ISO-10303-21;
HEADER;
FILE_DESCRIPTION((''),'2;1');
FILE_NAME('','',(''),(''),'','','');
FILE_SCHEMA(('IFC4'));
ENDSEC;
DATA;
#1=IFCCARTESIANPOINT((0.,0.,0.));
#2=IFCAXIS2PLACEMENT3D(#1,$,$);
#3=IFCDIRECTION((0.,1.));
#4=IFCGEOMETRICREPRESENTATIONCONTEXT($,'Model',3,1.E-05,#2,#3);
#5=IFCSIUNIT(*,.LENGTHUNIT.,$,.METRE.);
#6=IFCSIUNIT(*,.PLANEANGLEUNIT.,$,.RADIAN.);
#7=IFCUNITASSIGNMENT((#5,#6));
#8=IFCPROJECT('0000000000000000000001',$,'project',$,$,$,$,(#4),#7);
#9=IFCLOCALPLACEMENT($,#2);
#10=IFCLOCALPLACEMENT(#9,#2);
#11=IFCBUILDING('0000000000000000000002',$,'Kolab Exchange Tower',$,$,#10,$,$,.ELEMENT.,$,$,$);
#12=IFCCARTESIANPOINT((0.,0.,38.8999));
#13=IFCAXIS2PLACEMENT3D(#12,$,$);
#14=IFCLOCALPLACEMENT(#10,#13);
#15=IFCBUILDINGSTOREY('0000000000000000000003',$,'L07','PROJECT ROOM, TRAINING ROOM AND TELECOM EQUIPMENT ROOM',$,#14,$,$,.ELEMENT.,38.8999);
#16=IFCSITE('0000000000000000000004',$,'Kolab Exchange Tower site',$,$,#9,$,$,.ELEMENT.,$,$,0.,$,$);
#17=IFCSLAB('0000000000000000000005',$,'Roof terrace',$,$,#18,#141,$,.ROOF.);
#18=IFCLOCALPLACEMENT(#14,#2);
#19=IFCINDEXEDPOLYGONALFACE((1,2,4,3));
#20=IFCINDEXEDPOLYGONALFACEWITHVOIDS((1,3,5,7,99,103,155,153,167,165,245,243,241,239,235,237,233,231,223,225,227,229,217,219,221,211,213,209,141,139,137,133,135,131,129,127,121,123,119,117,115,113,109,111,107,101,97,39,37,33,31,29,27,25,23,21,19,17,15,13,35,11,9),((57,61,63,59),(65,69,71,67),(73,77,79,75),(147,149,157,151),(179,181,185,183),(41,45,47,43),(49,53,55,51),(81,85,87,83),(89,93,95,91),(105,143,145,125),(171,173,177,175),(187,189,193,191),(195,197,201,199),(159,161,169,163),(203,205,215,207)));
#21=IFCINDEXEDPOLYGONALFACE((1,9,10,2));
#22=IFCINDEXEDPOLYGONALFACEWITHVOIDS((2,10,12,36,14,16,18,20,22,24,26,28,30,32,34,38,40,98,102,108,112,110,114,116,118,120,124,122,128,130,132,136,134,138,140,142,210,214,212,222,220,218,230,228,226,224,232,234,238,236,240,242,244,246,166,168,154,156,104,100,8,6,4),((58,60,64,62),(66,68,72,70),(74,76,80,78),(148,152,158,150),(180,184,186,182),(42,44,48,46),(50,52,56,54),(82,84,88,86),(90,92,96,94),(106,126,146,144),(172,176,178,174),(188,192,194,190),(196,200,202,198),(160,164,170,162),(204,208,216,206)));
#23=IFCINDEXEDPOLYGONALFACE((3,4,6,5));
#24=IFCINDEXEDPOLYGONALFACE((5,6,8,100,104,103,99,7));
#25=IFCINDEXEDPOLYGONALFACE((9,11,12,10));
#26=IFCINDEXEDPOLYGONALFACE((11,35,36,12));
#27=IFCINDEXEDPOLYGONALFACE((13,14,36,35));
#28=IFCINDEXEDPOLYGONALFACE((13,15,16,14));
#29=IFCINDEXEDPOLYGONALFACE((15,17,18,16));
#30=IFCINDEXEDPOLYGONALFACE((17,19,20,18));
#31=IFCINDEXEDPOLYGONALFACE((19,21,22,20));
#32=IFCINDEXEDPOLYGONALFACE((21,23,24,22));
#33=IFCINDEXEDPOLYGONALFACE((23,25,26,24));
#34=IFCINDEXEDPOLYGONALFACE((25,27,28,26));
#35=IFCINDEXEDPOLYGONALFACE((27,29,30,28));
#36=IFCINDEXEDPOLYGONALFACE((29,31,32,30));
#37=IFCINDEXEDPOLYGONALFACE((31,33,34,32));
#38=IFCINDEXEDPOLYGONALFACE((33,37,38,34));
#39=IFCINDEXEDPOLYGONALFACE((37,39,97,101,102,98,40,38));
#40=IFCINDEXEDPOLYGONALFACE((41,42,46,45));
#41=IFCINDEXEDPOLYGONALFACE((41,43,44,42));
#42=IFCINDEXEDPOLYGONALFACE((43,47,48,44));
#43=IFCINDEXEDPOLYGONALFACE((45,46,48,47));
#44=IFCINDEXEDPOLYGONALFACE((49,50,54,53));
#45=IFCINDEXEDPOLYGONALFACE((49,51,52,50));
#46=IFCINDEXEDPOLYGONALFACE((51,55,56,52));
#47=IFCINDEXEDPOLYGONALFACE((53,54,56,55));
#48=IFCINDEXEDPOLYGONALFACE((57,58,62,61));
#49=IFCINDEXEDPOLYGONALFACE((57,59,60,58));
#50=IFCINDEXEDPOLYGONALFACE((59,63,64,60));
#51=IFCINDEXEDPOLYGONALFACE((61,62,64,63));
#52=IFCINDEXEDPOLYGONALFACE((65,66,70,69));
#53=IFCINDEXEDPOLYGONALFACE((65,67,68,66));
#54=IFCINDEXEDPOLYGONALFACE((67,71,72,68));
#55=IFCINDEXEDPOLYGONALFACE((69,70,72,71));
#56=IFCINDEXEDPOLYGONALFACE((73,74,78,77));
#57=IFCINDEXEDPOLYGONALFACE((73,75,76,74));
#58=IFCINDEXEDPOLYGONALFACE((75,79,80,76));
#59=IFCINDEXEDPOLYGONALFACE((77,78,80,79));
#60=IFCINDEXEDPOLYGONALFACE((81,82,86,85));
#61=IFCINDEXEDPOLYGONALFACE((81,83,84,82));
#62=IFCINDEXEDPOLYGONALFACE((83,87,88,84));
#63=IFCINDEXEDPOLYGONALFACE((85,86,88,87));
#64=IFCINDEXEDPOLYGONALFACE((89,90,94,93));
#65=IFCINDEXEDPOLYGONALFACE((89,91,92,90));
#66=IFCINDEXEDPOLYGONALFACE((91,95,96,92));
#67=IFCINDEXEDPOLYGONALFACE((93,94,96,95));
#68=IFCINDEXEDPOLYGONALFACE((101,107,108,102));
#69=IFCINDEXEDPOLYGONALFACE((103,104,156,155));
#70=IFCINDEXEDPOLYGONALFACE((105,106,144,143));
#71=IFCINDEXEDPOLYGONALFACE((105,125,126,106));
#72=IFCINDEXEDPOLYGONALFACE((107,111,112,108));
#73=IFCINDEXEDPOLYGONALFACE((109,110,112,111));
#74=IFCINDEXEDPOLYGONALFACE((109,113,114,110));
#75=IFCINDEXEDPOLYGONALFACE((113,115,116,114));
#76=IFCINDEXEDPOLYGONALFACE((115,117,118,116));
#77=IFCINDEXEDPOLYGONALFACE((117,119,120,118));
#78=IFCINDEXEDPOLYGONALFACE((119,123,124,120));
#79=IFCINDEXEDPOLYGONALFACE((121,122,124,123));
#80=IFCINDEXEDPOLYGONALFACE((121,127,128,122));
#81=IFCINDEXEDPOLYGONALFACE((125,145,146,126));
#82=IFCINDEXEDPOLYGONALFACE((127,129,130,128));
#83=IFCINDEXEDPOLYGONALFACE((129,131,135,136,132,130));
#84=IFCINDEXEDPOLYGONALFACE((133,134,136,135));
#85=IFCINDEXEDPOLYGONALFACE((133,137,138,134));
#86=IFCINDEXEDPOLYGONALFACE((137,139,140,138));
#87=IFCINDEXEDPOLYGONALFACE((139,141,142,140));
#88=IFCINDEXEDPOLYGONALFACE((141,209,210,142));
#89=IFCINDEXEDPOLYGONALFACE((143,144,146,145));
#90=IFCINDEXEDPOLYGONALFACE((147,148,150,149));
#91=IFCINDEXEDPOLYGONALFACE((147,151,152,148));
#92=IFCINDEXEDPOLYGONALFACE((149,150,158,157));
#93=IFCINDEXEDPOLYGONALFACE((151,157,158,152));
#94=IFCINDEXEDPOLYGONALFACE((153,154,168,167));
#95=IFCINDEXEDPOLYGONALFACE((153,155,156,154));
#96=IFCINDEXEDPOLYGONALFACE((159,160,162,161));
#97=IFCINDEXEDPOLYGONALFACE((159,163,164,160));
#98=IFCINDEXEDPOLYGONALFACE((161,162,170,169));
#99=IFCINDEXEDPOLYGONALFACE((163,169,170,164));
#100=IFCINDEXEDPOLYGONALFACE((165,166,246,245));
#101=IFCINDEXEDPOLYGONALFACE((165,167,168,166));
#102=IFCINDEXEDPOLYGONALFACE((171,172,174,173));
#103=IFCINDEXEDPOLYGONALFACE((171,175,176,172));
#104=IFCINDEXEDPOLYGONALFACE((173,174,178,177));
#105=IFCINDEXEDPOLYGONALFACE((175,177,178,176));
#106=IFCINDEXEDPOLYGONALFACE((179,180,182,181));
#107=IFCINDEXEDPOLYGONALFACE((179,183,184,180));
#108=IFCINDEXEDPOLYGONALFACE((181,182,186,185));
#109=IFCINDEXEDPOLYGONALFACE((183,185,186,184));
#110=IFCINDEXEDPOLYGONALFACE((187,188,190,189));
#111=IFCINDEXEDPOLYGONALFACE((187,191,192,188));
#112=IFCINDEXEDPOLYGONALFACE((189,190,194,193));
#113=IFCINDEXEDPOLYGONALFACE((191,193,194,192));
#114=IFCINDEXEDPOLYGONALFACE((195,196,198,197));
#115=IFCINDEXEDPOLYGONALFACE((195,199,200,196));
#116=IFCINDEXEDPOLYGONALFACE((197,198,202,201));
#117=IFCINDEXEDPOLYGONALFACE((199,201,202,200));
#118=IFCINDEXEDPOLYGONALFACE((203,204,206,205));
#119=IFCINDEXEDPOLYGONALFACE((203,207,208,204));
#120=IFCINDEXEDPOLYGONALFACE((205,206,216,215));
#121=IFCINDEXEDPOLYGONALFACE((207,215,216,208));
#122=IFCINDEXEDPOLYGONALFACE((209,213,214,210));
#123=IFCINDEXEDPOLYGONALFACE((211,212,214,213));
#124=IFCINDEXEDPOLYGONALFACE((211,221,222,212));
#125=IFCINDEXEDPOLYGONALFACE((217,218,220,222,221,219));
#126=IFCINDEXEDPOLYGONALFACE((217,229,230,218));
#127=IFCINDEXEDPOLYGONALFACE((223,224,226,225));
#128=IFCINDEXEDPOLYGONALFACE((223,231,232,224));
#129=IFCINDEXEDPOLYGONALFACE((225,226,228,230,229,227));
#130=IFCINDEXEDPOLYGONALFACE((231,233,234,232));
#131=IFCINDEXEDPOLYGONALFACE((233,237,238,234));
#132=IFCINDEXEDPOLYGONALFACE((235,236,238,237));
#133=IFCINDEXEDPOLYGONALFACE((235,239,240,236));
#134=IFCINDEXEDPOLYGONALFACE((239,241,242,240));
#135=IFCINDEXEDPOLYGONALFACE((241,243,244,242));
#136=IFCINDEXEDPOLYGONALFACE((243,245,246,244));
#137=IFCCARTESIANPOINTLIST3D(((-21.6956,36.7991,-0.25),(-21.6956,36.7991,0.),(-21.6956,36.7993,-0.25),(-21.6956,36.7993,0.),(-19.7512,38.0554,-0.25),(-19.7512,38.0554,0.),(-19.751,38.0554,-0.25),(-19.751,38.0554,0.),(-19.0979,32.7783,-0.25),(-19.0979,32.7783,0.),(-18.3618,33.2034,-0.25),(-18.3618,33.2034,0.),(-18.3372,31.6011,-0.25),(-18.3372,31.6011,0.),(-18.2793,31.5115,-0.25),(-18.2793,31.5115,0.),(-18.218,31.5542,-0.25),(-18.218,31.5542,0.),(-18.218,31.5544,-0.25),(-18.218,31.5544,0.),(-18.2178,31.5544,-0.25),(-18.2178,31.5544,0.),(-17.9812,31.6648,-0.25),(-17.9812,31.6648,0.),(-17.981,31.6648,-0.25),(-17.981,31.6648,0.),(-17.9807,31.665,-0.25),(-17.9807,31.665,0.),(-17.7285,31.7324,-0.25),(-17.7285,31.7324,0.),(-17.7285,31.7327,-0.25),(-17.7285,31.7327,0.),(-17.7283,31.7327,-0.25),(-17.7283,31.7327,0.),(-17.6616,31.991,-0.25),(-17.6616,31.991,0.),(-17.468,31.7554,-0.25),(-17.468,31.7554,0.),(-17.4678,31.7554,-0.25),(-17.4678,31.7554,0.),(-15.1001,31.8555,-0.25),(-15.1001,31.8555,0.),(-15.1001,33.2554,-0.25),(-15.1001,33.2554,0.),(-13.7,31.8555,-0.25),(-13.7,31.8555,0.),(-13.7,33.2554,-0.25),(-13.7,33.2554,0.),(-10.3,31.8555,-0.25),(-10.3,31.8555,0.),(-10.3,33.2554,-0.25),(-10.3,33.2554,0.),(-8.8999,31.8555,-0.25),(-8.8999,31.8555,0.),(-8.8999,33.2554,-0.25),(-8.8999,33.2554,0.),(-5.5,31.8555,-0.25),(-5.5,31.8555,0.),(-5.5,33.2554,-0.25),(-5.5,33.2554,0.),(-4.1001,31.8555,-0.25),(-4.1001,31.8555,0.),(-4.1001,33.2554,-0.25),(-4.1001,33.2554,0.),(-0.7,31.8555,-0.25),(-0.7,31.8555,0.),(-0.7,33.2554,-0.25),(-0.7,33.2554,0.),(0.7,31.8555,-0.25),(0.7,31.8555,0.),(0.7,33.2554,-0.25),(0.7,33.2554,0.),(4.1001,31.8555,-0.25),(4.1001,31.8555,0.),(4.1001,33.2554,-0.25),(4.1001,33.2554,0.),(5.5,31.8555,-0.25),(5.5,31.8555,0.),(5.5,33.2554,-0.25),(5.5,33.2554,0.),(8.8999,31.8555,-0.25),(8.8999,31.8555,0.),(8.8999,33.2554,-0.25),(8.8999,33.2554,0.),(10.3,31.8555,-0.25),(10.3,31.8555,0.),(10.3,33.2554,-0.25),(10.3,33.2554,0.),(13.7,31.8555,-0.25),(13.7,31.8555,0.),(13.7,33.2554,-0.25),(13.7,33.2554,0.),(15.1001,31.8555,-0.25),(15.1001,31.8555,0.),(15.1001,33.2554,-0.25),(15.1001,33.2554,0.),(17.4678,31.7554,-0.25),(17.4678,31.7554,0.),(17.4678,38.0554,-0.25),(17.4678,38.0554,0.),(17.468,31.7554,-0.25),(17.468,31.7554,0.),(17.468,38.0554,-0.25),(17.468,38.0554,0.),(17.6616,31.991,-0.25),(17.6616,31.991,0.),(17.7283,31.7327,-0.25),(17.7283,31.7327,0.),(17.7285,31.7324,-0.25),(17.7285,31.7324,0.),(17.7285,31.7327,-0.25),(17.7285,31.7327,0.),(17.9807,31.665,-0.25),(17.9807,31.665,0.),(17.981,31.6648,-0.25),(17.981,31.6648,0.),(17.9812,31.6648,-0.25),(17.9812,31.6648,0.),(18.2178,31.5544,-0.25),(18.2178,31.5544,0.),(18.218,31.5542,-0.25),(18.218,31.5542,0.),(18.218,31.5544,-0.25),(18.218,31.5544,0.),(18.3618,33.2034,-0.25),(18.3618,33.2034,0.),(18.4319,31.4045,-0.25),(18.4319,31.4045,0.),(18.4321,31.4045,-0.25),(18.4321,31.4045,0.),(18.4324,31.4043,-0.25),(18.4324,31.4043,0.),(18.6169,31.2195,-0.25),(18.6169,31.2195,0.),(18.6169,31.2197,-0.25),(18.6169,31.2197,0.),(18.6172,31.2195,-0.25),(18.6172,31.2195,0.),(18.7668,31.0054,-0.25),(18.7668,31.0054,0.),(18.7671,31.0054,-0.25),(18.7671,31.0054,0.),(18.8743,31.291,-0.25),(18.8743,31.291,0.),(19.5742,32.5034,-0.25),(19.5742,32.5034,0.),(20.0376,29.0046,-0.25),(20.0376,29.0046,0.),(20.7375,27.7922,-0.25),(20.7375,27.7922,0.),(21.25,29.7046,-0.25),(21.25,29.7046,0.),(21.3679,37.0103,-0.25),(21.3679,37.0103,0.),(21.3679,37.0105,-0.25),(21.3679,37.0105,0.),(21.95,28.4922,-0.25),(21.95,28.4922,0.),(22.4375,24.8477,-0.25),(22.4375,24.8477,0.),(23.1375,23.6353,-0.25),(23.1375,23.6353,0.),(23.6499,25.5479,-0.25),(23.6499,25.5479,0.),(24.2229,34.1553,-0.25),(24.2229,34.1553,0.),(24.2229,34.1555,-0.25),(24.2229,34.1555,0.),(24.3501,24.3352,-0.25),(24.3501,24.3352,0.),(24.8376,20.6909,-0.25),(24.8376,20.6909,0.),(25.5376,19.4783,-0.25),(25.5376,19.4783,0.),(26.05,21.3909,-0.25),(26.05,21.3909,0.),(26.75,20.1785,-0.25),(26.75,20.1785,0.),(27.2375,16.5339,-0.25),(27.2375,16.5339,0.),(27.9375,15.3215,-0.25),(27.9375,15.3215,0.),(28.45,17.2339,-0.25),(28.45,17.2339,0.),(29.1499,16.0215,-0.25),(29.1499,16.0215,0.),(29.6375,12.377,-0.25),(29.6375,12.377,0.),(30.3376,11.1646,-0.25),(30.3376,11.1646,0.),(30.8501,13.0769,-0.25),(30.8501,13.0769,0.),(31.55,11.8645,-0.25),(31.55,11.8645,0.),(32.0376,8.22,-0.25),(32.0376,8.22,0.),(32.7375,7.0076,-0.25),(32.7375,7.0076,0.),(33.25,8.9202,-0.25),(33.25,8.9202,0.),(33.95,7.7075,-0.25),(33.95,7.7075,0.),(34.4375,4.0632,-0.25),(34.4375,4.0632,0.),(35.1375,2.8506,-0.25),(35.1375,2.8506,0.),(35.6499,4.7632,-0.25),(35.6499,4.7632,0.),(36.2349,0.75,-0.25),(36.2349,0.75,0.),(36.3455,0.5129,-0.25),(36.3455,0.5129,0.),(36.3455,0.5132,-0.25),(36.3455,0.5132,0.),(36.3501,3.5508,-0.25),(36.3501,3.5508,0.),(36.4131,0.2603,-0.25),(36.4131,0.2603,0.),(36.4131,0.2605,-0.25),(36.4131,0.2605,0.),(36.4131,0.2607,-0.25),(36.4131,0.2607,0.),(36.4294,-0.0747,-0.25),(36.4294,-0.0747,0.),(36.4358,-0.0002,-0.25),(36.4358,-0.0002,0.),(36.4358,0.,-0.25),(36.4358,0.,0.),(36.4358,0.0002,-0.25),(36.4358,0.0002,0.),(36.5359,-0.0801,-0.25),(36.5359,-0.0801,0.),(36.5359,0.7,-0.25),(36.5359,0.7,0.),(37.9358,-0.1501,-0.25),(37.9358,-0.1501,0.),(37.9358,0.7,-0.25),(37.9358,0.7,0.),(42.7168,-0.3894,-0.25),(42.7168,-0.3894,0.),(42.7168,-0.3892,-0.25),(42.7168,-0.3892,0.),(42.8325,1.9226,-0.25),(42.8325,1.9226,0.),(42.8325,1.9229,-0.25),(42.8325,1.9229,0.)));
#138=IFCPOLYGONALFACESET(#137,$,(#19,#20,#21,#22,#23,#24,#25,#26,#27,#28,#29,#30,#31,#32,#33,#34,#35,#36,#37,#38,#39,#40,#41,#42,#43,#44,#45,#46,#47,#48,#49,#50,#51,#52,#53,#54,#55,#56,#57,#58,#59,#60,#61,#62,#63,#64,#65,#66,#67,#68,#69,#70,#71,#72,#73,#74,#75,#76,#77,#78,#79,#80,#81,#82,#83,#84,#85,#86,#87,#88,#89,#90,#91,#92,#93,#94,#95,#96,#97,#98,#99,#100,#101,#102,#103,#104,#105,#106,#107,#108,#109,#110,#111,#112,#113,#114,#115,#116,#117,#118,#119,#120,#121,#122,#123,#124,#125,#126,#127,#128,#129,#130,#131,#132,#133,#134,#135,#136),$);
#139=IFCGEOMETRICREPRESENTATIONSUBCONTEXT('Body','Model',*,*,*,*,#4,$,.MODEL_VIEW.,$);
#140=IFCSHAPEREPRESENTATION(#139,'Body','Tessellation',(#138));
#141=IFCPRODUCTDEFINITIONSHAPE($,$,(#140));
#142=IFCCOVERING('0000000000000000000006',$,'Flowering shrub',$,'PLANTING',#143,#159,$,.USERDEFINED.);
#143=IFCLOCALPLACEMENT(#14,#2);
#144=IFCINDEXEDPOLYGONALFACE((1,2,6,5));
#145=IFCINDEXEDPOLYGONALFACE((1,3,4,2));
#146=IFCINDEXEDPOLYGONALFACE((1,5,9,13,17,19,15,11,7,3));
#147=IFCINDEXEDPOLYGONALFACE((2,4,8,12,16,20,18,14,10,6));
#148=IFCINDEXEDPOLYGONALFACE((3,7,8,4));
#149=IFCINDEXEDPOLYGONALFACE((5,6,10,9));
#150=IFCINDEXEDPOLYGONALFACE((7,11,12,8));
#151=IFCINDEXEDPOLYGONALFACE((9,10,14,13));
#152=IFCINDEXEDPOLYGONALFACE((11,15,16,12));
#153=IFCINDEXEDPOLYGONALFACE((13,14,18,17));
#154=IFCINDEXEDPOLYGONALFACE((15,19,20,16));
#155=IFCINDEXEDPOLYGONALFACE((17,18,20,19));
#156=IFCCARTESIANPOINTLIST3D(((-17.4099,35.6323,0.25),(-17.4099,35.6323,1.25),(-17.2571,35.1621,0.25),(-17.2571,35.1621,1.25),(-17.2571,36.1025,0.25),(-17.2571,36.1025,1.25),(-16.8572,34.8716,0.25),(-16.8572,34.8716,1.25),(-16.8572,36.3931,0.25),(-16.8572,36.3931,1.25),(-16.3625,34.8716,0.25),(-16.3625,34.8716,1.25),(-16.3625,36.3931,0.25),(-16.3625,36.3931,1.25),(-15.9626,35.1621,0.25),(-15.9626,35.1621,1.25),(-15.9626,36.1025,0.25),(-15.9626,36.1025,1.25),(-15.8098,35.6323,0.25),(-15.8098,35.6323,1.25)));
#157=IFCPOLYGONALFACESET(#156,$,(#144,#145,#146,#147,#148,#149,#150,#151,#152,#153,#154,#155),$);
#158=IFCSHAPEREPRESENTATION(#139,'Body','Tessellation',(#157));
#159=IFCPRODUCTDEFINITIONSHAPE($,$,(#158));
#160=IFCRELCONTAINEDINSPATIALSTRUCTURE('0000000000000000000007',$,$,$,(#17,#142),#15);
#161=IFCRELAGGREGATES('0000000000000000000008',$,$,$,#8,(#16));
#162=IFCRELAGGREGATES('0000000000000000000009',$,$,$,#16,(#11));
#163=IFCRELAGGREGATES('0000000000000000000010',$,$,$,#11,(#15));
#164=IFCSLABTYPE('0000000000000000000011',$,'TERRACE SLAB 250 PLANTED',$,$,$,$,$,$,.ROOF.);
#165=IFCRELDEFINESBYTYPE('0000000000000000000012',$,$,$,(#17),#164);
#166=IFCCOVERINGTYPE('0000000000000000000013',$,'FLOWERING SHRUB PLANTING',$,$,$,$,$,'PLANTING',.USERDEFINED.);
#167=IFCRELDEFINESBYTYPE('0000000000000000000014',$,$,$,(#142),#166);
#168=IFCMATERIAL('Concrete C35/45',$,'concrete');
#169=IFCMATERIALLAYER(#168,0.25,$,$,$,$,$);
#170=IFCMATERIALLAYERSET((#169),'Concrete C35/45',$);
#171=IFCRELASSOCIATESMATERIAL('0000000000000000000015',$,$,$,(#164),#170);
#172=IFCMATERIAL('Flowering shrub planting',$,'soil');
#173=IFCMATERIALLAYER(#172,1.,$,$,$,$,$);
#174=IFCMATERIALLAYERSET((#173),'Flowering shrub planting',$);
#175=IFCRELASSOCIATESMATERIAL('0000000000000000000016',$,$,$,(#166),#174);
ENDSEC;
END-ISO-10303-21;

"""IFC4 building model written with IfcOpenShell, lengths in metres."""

from ifc_helpers import new_model, si_unit, direction, frame, origin, place, context, subcontext, project, spatial, polyline, outline, extrude, material, layer, layer_set, type_object, element, save


model = new_model("IFC4")

# Units and contexts
model_context = context("Model", 3, precision=1e-05, world=origin(), true_north=direction((0.0, 1.0)))
body_context = subcontext(model_context, "Body", "Model", "MODEL_VIEW")
ifc_project = project(units=[si_unit("LENGTHUNIT", "METRE"), si_unit("PLANEANGLEUNIT", "RADIAN")], contexts=[model_context])

# Site, building, storey
site_placement = place(None, origin())
site = spatial("IfcSite", under=ifc_project, at=site_placement, Name="Kolab Exchange Tower site", CompositionType="ELEMENT", RefElevation=0.0)
building_placement = place(site_placement, origin())
building = spatial("IfcBuilding", under=site, at=building_placement, Name="Kolab Exchange Tower", CompositionType="ELEMENT")
storey_placement = place(building_placement, frame((0.0, 0.0, 38.8999)))
storey = spatial("IfcBuildingStorey", under=building, at=storey_placement, Name="L07", Description="PROJECT ROOM, TRAINING ROOM AND TELECOM EQUIPMENT ROOM", CompositionType="ELEMENT", Elevation=38.8999)

# Slab
ifc_material_1 = material(Name="Concrete C35/45", Category="concrete")
ifc_layer_1 = layer(ifc_material_1, 0.25)
ifc_layer_set_1 = layer_set([ifc_layer_1], Name="Concrete C35/45")
slab_type_1 = type_object("IfcSlabType", Name="TERRACE SLAB 250 PLANTED", PredefinedType="ROOF", material=ifc_layer_set_1)
slab_1_placement = place(storey_placement, frame((0.0, 0.0, -0.25)))
element("IfcSlab", 1, at=slab_1_placement, inside=storey, type_object=slab_type_1, Name="Roof terrace", PredefinedType="ROOF", context=body_context, shape_type="SweptSolid", body=[
    extrude(outline(polyline([(-21.6956, 36.7993), (-21.6956, 36.7991), (-19.0979, 32.7783), (-18.3618, 33.2034), (-17.6616, 31.991), (-18.3372, 31.6011), (-18.2793, 31.5115), (-18.218, 31.5542), (-18.218, 31.5544), (-18.2178, 31.5544), (-17.9812, 31.6648), (-17.981, 31.6648), (-17.9807, 31.665), (-17.7285, 31.7324), (-17.7285, 31.7327), (-17.7283, 31.7327), (-17.468, 31.7554), (-17.4678, 31.7554), (17.4678, 31.7554), (17.468, 31.7554), (17.7283, 31.7327), (17.7285, 31.7327), (17.7285, 31.7324), (17.9807, 31.665), (17.981, 31.6648), (17.9812, 31.6648), (18.2178, 31.5544), (18.218, 31.5544), (18.218, 31.5542), (18.4319, 31.4045), (18.4321, 31.4045), (18.4324, 31.4043), (18.6169, 31.2197), (18.6169, 31.2195), (18.6172, 31.2195), (18.7668, 31.0054), (18.7671, 31.0054), (36.2349, 0.75), (36.3455, 0.5132), (36.3455, 0.5129), (36.4131, 0.2607), (36.4131, 0.2605), (36.4131, 0.2603), (36.4358, 0.0002), (36.4358, 0.0), (36.4358, -0.0002), (36.4294, -0.0747), (36.5359, -0.0801), (36.5359, 0.7), (37.9358, 0.7), (37.9358, -0.1501), (42.7168, -0.3894), (42.7168, -0.3892), (42.8325, 1.9226), (42.8325, 1.9229), (24.2229, 34.1553), (24.2229, 34.1555), (21.3679, 37.0103), (21.3679, 37.0105), (17.468, 38.0554), (17.4678, 38.0554), (-19.751, 38.0554), (-19.7512, 38.0554), (-21.6956, 36.7993)]), holes=[polyline([(-15.1001, 33.2554), (-13.7, 33.2554), (-13.7, 31.8555), (-15.1001, 31.8555), (-15.1001, 33.2554)]), polyline([(-8.8999, 33.2554), (-8.8999, 31.8555), (-10.3, 31.8555), (-10.3, 33.2554), (-8.8999, 33.2554)]), polyline([(-0.7, 33.2554), (0.7, 33.2554), (0.7, 31.8555), (-0.7, 31.8555), (-0.7, 33.2554)]), polyline([(-4.1001, 33.2554), (-4.1001, 31.8555), (-5.5, 31.8555), (-5.5, 33.2554), (-4.1001, 33.2554)]), polyline([(8.8999, 33.2554), (10.3, 33.2554), (10.3, 31.8555), (8.8999, 31.8555), (8.8999, 33.2554)]), polyline([(5.5, 33.2554), (5.5, 31.8555), (4.1001, 31.8555), (4.1001, 33.2554), (5.5, 33.2554)]), polyline([(35.6499, 4.7632), (36.3501, 3.5508), (35.1375, 2.8506), (34.4375, 4.0632), (35.6499, 4.7632)]), polyline([(32.0376, 8.22), (33.25, 8.9202), (33.95, 7.7075), (32.7375, 7.0076), (32.0376, 8.22)]), polyline([(30.8501, 13.0769), (31.55, 11.8645), (30.3376, 11.1646), (29.6375, 12.377), (30.8501, 13.0769)]), polyline([(28.45, 17.2339), (29.1499, 16.0215), (27.9375, 15.3215), (27.2375, 16.5339), (28.45, 17.2339)]), polyline([(26.05, 21.3909), (26.75, 20.1785), (25.5376, 19.4783), (24.8376, 20.6909), (26.05, 21.3909)]), polyline([(23.6499, 25.5479), (24.3501, 24.3352), (23.1375, 23.6353), (22.4375, 24.8477), (23.6499, 25.5479)]), polyline([(20.0376, 29.0046), (21.25, 29.7046), (21.95, 28.4922), (20.7375, 27.7922), (20.0376, 29.0046)]), polyline([(18.3618, 33.2034), (19.5742, 32.5034), (18.8743, 31.291), (17.6616, 31.991), (18.3618, 33.2034)]), polyline([(15.1001, 33.2554), (15.1001, 31.8555), (13.7, 31.8555), (13.7, 33.2554), (15.1001, 33.2554)])]), origin(), (0.0, 0.0, 1.0), 0.25),
])

# Covering
ifc_material_2 = material(Name="Flowering shrub planting", Category="soil")
ifc_layer_2 = layer(ifc_material_2, 1.0)
ifc_layer_set_2 = layer_set([ifc_layer_2], Name="Flowering shrub planting")
covering_type_1 = type_object("IfcCoveringType", Name="FLOWERING SHRUB PLANTING", ElementType="PLANTING", PredefinedType="USERDEFINED", material=ifc_layer_set_2)
covering_1_placement = place(storey_placement, frame((0.0, 0.0, 0.25)))
element("IfcCovering", 2, at=covering_1_placement, inside=storey, type_object=covering_type_1, Name="Flowering shrub", ObjectType="PLANTING", PredefinedType="USERDEFINED", context=body_context, shape_type="SweptSolid", body=[
    extrude(outline(polyline([(-15.8098, 35.6323), (-15.9626, 36.1025), (-16.3625, 36.3931), (-16.8572, 36.3931), (-17.2571, 36.1025), (-17.4099, 35.6323), (-17.2571, 35.1621), (-16.8572, 34.8716), (-16.3625, 34.8716), (-15.9626, 35.1621), (-15.8098, 35.6323)])), origin(), (0.0, 0.0, 1.0), 1.0),
])

save(model, "model.ifc")
